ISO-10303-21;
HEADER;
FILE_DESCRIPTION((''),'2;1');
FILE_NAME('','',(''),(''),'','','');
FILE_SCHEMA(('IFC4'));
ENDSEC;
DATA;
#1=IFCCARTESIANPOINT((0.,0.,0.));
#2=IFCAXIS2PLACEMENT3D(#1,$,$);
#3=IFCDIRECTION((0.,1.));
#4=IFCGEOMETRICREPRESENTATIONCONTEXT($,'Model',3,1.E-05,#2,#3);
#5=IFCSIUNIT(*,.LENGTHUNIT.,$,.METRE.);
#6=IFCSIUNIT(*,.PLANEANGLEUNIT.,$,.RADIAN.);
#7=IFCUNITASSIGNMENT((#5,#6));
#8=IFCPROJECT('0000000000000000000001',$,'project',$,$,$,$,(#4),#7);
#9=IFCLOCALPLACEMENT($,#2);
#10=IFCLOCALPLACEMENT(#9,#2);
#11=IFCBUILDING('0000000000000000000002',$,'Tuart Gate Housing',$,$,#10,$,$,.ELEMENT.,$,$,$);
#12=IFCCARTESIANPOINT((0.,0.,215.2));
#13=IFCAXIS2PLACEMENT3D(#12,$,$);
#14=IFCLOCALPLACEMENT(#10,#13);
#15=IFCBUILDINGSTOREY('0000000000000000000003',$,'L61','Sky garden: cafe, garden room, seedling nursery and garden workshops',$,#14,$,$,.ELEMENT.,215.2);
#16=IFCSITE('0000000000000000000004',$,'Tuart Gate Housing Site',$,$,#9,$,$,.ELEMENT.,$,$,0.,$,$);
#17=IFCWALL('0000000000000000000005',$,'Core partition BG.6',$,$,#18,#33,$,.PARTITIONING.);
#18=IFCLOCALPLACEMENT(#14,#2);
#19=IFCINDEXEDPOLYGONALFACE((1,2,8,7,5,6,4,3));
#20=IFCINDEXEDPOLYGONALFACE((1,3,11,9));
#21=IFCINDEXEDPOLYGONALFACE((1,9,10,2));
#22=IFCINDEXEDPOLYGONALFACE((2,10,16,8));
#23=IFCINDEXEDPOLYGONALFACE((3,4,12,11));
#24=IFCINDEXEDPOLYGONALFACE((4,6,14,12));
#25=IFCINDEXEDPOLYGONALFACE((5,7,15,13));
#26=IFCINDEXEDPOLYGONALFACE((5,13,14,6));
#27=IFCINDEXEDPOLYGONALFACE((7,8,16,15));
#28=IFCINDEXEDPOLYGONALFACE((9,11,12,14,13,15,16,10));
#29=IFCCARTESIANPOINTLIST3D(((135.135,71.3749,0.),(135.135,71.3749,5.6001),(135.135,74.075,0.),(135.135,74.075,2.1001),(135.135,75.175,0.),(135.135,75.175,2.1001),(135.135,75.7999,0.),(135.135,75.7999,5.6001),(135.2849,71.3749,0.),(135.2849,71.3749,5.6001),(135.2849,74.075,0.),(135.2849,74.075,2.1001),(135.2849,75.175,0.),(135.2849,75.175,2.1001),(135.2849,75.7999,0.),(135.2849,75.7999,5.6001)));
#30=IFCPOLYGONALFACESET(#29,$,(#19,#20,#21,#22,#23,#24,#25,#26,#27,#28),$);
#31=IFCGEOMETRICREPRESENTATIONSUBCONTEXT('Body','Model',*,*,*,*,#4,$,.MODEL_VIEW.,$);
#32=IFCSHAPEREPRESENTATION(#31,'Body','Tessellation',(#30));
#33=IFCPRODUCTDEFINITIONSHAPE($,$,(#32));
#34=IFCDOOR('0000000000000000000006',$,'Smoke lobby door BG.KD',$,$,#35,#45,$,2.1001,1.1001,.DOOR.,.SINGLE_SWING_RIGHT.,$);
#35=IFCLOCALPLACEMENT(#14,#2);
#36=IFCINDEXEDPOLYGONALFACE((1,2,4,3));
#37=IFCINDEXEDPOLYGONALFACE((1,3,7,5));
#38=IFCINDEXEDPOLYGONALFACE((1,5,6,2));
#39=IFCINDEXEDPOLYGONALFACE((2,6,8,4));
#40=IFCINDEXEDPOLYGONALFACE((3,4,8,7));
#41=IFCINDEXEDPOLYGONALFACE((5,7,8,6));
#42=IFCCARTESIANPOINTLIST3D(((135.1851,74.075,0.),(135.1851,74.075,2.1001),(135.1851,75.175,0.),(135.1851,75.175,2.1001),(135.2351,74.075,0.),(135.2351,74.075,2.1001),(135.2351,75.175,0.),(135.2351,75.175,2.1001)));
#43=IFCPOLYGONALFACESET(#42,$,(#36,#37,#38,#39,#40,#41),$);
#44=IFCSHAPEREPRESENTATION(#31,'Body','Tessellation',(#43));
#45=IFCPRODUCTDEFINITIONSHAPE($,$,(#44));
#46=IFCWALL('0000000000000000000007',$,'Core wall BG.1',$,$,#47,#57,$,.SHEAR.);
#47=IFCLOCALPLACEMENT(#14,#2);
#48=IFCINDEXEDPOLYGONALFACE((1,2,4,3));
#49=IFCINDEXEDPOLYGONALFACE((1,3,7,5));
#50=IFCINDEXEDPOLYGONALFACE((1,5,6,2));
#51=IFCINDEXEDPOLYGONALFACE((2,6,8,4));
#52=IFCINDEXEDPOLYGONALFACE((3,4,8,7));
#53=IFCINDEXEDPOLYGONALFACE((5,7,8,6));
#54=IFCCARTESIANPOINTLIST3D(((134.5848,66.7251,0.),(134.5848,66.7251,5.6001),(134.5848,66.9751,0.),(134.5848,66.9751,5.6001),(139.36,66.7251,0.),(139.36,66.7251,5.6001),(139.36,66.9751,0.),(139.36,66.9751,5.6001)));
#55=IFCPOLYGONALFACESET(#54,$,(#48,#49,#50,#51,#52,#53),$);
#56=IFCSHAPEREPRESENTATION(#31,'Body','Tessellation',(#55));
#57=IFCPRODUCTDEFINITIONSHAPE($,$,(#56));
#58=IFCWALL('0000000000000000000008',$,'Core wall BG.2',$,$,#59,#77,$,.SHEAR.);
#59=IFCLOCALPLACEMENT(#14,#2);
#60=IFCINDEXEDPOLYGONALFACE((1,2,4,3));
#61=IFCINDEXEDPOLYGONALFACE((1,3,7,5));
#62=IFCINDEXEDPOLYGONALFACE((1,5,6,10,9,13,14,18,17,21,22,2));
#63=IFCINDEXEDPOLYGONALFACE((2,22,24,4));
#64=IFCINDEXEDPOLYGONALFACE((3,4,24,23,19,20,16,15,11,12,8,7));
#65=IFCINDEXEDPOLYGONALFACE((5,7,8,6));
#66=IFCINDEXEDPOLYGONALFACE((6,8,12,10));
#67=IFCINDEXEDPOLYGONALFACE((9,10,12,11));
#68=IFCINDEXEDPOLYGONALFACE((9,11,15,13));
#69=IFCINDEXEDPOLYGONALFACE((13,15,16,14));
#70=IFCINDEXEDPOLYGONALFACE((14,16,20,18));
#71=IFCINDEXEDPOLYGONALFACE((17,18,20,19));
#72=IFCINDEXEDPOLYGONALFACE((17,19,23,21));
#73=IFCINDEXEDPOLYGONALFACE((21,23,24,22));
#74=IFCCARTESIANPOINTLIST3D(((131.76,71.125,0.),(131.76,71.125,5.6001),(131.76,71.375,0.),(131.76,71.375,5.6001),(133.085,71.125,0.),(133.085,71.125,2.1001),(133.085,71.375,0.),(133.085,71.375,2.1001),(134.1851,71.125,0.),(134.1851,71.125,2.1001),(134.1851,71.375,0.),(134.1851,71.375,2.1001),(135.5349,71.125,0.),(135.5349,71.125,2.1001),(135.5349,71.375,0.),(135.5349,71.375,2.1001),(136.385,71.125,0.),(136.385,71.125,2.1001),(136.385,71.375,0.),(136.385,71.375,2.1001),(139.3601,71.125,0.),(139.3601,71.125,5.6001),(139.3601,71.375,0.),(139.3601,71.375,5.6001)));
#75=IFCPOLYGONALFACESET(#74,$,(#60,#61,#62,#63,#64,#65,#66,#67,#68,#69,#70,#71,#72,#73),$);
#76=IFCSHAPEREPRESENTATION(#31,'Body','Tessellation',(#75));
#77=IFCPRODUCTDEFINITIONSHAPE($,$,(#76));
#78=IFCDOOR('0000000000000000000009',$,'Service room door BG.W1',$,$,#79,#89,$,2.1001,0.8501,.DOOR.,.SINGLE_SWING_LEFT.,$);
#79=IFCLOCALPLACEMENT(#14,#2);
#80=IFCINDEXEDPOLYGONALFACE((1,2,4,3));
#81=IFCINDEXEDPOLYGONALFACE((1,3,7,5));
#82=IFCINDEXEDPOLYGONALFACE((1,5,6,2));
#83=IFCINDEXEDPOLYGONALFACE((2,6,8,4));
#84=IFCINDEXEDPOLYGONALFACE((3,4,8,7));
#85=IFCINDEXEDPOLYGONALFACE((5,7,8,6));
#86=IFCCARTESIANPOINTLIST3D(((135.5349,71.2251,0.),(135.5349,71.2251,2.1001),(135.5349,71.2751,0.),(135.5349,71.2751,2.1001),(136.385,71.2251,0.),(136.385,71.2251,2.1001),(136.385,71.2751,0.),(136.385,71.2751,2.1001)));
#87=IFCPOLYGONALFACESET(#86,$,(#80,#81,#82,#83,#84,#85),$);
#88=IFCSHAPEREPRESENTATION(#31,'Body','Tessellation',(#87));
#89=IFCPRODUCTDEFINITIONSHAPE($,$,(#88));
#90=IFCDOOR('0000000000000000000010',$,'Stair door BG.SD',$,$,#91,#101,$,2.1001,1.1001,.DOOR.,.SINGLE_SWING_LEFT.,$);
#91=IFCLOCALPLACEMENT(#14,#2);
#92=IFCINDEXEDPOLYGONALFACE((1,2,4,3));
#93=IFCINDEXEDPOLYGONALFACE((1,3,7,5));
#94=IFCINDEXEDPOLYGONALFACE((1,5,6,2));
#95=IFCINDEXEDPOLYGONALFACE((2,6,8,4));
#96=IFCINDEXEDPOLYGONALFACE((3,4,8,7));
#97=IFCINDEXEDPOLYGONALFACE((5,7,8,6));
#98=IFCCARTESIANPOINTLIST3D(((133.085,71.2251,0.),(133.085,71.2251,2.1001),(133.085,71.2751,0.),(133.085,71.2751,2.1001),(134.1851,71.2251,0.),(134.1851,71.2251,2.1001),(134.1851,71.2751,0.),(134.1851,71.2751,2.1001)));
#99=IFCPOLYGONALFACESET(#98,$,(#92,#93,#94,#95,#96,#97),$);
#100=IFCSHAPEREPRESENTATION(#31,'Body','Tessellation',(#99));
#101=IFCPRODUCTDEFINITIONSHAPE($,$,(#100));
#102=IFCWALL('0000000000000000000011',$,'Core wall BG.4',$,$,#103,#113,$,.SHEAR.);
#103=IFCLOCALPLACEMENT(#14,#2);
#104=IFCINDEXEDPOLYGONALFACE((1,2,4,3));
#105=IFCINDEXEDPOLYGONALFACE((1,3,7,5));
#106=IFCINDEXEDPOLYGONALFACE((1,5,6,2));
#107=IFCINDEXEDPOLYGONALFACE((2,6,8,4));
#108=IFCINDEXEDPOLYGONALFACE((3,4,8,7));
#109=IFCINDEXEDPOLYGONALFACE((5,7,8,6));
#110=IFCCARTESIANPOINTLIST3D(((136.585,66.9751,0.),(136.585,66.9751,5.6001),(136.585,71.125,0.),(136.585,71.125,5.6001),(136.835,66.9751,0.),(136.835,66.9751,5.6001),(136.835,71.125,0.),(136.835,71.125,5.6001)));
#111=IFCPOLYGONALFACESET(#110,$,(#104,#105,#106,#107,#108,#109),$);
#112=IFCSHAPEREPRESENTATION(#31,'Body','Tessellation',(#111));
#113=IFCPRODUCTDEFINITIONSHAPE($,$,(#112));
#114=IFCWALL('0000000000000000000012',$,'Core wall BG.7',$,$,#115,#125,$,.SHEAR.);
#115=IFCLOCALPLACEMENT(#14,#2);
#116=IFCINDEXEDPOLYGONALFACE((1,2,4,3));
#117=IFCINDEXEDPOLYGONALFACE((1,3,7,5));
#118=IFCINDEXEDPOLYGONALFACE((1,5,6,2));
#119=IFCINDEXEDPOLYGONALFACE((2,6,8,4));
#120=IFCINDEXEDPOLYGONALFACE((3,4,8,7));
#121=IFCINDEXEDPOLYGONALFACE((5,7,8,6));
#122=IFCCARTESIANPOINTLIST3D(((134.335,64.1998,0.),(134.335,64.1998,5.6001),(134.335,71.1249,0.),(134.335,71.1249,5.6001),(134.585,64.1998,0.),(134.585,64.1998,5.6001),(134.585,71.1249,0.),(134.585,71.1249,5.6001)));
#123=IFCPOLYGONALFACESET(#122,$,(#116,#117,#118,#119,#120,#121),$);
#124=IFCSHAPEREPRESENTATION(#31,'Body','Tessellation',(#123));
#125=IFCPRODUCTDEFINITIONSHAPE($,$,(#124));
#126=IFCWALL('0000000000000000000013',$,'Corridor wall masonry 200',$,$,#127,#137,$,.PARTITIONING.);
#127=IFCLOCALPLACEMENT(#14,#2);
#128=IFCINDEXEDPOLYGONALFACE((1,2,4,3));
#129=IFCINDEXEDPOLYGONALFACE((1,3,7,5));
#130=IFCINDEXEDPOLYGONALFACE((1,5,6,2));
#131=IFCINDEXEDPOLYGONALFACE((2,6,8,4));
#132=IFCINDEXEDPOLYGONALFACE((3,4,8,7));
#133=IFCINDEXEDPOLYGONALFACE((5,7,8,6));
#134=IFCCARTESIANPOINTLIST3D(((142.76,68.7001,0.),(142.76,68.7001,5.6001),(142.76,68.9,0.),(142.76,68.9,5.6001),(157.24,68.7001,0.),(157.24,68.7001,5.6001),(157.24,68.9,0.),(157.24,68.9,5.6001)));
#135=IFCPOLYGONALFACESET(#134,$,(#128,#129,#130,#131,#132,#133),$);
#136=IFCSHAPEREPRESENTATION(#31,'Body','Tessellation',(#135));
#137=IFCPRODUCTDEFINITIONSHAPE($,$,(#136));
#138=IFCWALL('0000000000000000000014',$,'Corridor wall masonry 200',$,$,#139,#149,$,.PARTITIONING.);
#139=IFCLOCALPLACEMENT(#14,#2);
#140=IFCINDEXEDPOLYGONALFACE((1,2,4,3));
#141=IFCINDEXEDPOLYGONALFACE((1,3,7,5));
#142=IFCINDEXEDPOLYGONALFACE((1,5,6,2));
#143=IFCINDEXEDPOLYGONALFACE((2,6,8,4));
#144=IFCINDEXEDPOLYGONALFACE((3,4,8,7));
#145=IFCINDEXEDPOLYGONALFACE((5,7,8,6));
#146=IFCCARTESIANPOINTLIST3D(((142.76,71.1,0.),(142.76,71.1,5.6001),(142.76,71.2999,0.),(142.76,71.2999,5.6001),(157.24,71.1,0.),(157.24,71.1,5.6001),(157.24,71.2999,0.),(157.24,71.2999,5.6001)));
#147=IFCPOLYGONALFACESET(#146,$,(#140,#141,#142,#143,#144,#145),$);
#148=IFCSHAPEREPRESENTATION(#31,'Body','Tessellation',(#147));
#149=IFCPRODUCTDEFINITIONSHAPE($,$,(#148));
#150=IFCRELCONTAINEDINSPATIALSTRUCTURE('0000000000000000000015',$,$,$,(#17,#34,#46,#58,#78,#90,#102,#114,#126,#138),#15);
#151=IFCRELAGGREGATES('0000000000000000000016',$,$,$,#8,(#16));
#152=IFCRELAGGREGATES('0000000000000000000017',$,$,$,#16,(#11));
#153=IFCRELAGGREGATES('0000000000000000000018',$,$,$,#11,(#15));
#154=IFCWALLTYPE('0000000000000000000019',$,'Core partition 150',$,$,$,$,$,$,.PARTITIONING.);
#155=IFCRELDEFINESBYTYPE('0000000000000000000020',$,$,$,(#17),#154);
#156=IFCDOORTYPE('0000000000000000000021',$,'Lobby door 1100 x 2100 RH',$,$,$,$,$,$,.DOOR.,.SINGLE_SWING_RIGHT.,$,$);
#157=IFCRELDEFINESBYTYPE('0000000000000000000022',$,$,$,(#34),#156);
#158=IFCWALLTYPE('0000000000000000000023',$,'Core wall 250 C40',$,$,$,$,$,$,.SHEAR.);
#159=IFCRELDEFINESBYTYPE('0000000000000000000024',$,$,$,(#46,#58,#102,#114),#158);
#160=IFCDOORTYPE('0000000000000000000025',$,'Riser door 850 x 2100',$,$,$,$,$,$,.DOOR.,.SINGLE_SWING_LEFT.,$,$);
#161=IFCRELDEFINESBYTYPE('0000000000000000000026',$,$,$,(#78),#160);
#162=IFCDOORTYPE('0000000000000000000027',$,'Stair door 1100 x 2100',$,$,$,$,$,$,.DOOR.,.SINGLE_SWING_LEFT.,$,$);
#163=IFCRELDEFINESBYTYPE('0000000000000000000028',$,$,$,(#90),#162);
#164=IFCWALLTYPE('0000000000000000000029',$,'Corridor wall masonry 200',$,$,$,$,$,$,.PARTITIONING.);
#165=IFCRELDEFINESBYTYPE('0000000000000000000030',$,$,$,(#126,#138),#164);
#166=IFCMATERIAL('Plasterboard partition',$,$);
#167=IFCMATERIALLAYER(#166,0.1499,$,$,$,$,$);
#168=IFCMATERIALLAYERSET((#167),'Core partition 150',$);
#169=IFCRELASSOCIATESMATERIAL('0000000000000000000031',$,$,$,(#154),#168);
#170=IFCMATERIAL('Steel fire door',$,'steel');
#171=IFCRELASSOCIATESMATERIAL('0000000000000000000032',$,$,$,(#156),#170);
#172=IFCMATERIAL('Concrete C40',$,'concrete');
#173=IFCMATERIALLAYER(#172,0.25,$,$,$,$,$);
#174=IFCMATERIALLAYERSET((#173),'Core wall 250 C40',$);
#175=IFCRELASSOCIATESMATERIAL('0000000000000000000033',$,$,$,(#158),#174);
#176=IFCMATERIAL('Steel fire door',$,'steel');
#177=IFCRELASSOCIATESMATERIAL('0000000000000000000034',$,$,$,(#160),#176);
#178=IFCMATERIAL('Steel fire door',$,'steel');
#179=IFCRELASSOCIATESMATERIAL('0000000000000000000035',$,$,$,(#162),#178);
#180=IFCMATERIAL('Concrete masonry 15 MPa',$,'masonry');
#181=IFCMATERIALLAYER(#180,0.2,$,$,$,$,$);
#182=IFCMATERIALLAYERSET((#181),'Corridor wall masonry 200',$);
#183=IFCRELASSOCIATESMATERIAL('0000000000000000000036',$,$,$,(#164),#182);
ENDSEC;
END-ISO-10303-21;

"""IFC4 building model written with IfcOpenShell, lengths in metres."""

from ifc_helpers import new_model, si_unit, direction, frame, frame_2d, origin, place, context, subcontext, project, spatial, rectangle, extrude, material, layer, layer_set, type_object, element, fill, save


model = new_model("IFC4")

# Units and contexts
model_context = context("Model", 3, precision=1e-05, world=origin(), true_north=direction((0.0, 1.0)))
body_context = subcontext(model_context, "Body", "Model", "MODEL_VIEW")
ifc_project = project(units=[si_unit("LENGTHUNIT", "METRE"), si_unit("PLANEANGLEUNIT", "RADIAN")], contexts=[model_context])

# Site, building, storey
site_placement = place(None, origin())
site = spatial("IfcSite", under=ifc_project, at=site_placement, Name="Tuart Gate Housing Site", CompositionType="ELEMENT", RefElevation=0.0)
building_placement = place(site_placement, origin())
building = spatial("IfcBuilding", under=site, at=building_placement, Name="Tuart Gate Housing", CompositionType="ELEMENT")
storey_placement = place(building_placement, frame((0.0, 0.0, 215.2)))
storey = spatial("IfcBuildingStorey", under=building, at=storey_placement, Name="L61", Description="Sky garden: cafe, garden room, seedling nursery and garden workshops", CompositionType="ELEMENT", Elevation=215.2)

# Wall, opening, door
ifc_material_1 = material(Name="Plasterboard partition")
ifc_layer_1 = layer(ifc_material_1, 0.1499)
ifc_layer_set_1 = layer_set([ifc_layer_1], Name="Core partition 150")
wall_type_1 = type_object("IfcWallType", Name="Core partition 150", PredefinedType="PARTITIONING", material=ifc_layer_set_1)
wall_1_placement = place(storey_placement, frame((135.21, 71.375, 0.0), z_axis=(0.0, 0.0, 1.0), x_axis=(0.0, 1.0, 0.0)))
wall_1 = element("IfcWall", 1, at=wall_1_placement, inside=storey, type_object=wall_type_1, Name="Core partition BG.6", PredefinedType="PARTITIONING", context=body_context, shape_type="SweptSolid", body=[
    extrude(rectangle(XDim=4.425, YDim=0.1499, at=frame_2d((2.2124, 0.0))), origin(), (0.0, 0.0, 1.0), 5.6001),
])
opening_1_placement = place(wall_1_placement, frame((2.7, 0.0, 0.0)))
opening_1 = element("IfcOpeningElement", 2, at=opening_1_placement, cuts=wall_1, PredefinedType="OPENING", context=body_context, shape_type="SweptSolid", body=[
    extrude(rectangle(XDim=1.1001, YDim=2.1001, at=frame_2d((0.55, 1.05))), frame((0.0, 0.085, 0.0), z_axis=(0.0, -1.0, 0.0), x_axis=(1.0, 0.0, 0.0)), (0.0, 0.0, 1.0), 0.1699),
])
ifc_material_2 = material(Name="Steel fire door", Category="steel")
door_type_1 = type_object("IfcDoorType", Name="Lobby door 1100 x 2100 RH", OperationType="SINGLE_SWING_RIGHT", PredefinedType="DOOR", material=ifc_material_2)
door_1_placement = place(opening_1_placement, origin())
door_1 = element("IfcDoor", 3, at=door_1_placement, inside=storey, type_object=door_type_1, Name="Smoke lobby door BG.KD", OperationType="SINGLE_SWING_RIGHT", OverallHeight=2.1001, OverallWidth=1.1001, PredefinedType="DOOR", context=body_context, shape_type="SweptSolid", body=[
    extrude(rectangle(XDim=1.1001, YDim=2.1001, at=frame_2d((0.55, 1.05))), frame((0.0, 0.0249, 0.0), z_axis=(0.0, -1.0, 0.0), x_axis=(1.0, 0.0, 0.0)), (0.0, 0.0, 1.0), 0.05),
])
fill(opening_1, door_1)

# Wall
ifc_material_3 = material(Name="Concrete C40", Category="concrete")
ifc_layer_2 = layer(ifc_material_3, 0.25)
ifc_layer_set_2 = layer_set([ifc_layer_2], Name="Core wall 250 C40")
wall_type_2 = type_object("IfcWallType", Name="Core wall 250 C40", PredefinedType="SHEAR", material=ifc_layer_set_2)
wall_2_placement = place(storey_placement, frame((139.3601, 66.8501, 0.0), z_axis=(0.0, 0.0, 1.0), x_axis=(-1.0, 0.0, 0.0)))
element("IfcWall", 4, at=wall_2_placement, inside=storey, type_object=wall_type_2, Name="Core wall BG.1", PredefinedType="SHEAR", context=body_context, shape_type="SweptSolid", body=[
    extrude(rectangle(XDim=4.7751, YDim=0.25, at=frame_2d((2.3877, 0.0))), origin(), (0.0, 0.0, 1.0), 5.6001),
])

# Wall, openings, doors
wall_3_placement = place(storey_placement, frame((139.3601, 71.25, 0.0), z_axis=(0.0, 0.0, 1.0), x_axis=(-1.0, 0.0, 0.0)))
wall_3 = element("IfcWall", 5, at=wall_3_placement, inside=storey, type_object=wall_type_2, Name="Core wall BG.2", PredefinedType="SHEAR", context=body_context, shape_type="SweptSolid", body=[
    extrude(rectangle(XDim=7.6001, YDim=0.25, at=frame_2d((3.8, 0.0))), origin(), (0.0, 0.0, 1.0), 5.6001),
])
opening_2_placement = place(wall_3_placement, frame((5.175, 0.0, 0.0)))
opening_2 = element("IfcOpeningElement", 6, at=opening_2_placement, cuts=wall_3, PredefinedType="OPENING", context=body_context, shape_type="SweptSolid", body=[
    extrude(rectangle(XDim=1.1001, YDim=2.1001, at=frame_2d((0.55, 1.05))), frame((0.0, 0.135, 0.0), z_axis=(0.0, -1.0, 0.0), x_axis=(1.0, 0.0, 0.0)), (0.0, 0.0, 1.0), 0.27),
])
opening_3_placement = place(wall_3_placement, frame((2.9751, 0.0, 0.0)))
opening_3 = element("IfcOpeningElement", 7, at=opening_3_placement, cuts=wall_3, PredefinedType="OPENING", context=body_context, shape_type="SweptSolid", body=[
    extrude(rectangle(XDim=0.8501, YDim=2.1001, at=frame_2d((0.425, 1.05))), frame((0.0, 0.135, 0.0), z_axis=(0.0, -1.0, 0.0), x_axis=(1.0, 0.0, 0.0)), (0.0, 0.0, 1.0), 0.27),
])
ifc_material_4 = material(Name="Steel fire door", Category="steel")
door_type_2 = type_object("IfcDoorType", Name="Riser door 850 x 2100", OperationType="SINGLE_SWING_LEFT", PredefinedType="DOOR", material=ifc_material_4)
door_2_placement = place(opening_3_placement, origin())
door_2 = element("IfcDoor", 8, at=door_2_placement, inside=storey, type_object=door_type_2, Name="Service room door BG.W1", OperationType="SINGLE_SWING_LEFT", OverallHeight=2.1001, OverallWidth=0.8501, PredefinedType="DOOR", context=body_context, shape_type="SweptSolid", body=[
    extrude(rectangle(XDim=0.8501, YDim=2.1001, at=frame_2d((0.425, 1.05))), frame((0.0, 0.0249, 0.0), z_axis=(0.0, -1.0, 0.0), x_axis=(1.0, 0.0, 0.0)), (0.0, 0.0, 1.0), 0.05),
])
fill(opening_3, door_2)
ifc_material_5 = material(Name="Steel fire door", Category="steel")
door_type_3 = type_object("IfcDoorType", Name="Stair door 1100 x 2100", OperationType="SINGLE_SWING_LEFT", PredefinedType="DOOR", material=ifc_material_5)
door_3_placement = place(opening_2_placement, origin())
door_3 = element("IfcDoor", 9, at=door_3_placement, inside=storey, type_object=door_type_3, Name="Stair door BG.SD", OperationType="SINGLE_SWING_LEFT", OverallHeight=2.1001, OverallWidth=1.1001, PredefinedType="DOOR", context=body_context, shape_type="SweptSolid", body=[
    extrude(rectangle(XDim=1.1001, YDim=2.1001, at=frame_2d((0.55, 1.05))), frame((0.0, 0.0249, 0.0), z_axis=(0.0, -1.0, 0.0), x_axis=(1.0, 0.0, 0.0)), (0.0, 0.0, 1.0), 0.05),
])
fill(opening_2, door_3)

# Walls
wall_4_placement = place(storey_placement, frame((136.71, 66.9751, 0.0), z_axis=(0.0, 0.0, 1.0), x_axis=(0.0, 1.0, 0.0)))
element("IfcWall", 10, at=wall_4_placement, inside=storey, type_object=wall_type_2, Name="Core wall BG.4", PredefinedType="SHEAR", context=body_context, shape_type="SweptSolid", body=[
    extrude(rectangle(XDim=4.1499, YDim=0.25, at=frame_2d((2.075, 0.0))), origin(), (0.0, 0.0, 1.0), 5.6001),
])
wall_5_placement = place(storey_placement, frame((134.46, 64.2, 0.0), z_axis=(0.0, 0.0, 1.0), x_axis=(0.0, 1.0, 0.0)))
element("IfcWall", 11, at=wall_5_placement, inside=storey, type_object=wall_type_2, Name="Core wall BG.7", PredefinedType="SHEAR", context=body_context, shape_type="SweptSolid", body=[
    extrude(rectangle(XDim=6.925, YDim=0.25, at=frame_2d((3.4624, 0.0))), origin(), (0.0, 0.0, 1.0), 5.6001),
])
ifc_material_6 = material(Name="Concrete masonry 15 MPa", Category="masonry")
ifc_layer_3 = layer(ifc_material_6, 0.2)
ifc_layer_set_3 = layer_set([ifc_layer_3], Name="Corridor wall masonry 200")
wall_type_3 = type_object("IfcWallType", Name="Corridor wall masonry 200", PredefinedType="PARTITIONING", material=ifc_layer_set_3)
for number, where, z_axis, x_axis, name in (
    (12, (142.76, 68.8, 0.0), (0.0, 0.0, 1.0), (1.0, 0.0, 0.0), "Corridor wall masonry 200"),
    (13, (142.76, 71.2, 0.0), (0.0, 0.0, 1.0), (1.0, 0.0, 0.0), "Corridor wall masonry 200"),
):
    element("IfcWall", number, at=place(storey_placement, frame(where, z_axis=z_axis, x_axis=x_axis)), inside=storey, type_object=wall_type_3, Name=name, PredefinedType="PARTITIONING", context=body_context, shape_type="SweptSolid", body=[
        extrude(rectangle(XDim=14.48, YDim=0.2, at=frame_2d((7.24, 0.0))), origin(), (0.0, 0.0, 1.0), 5.6001),
    ])

save(model, "model.ifc")
